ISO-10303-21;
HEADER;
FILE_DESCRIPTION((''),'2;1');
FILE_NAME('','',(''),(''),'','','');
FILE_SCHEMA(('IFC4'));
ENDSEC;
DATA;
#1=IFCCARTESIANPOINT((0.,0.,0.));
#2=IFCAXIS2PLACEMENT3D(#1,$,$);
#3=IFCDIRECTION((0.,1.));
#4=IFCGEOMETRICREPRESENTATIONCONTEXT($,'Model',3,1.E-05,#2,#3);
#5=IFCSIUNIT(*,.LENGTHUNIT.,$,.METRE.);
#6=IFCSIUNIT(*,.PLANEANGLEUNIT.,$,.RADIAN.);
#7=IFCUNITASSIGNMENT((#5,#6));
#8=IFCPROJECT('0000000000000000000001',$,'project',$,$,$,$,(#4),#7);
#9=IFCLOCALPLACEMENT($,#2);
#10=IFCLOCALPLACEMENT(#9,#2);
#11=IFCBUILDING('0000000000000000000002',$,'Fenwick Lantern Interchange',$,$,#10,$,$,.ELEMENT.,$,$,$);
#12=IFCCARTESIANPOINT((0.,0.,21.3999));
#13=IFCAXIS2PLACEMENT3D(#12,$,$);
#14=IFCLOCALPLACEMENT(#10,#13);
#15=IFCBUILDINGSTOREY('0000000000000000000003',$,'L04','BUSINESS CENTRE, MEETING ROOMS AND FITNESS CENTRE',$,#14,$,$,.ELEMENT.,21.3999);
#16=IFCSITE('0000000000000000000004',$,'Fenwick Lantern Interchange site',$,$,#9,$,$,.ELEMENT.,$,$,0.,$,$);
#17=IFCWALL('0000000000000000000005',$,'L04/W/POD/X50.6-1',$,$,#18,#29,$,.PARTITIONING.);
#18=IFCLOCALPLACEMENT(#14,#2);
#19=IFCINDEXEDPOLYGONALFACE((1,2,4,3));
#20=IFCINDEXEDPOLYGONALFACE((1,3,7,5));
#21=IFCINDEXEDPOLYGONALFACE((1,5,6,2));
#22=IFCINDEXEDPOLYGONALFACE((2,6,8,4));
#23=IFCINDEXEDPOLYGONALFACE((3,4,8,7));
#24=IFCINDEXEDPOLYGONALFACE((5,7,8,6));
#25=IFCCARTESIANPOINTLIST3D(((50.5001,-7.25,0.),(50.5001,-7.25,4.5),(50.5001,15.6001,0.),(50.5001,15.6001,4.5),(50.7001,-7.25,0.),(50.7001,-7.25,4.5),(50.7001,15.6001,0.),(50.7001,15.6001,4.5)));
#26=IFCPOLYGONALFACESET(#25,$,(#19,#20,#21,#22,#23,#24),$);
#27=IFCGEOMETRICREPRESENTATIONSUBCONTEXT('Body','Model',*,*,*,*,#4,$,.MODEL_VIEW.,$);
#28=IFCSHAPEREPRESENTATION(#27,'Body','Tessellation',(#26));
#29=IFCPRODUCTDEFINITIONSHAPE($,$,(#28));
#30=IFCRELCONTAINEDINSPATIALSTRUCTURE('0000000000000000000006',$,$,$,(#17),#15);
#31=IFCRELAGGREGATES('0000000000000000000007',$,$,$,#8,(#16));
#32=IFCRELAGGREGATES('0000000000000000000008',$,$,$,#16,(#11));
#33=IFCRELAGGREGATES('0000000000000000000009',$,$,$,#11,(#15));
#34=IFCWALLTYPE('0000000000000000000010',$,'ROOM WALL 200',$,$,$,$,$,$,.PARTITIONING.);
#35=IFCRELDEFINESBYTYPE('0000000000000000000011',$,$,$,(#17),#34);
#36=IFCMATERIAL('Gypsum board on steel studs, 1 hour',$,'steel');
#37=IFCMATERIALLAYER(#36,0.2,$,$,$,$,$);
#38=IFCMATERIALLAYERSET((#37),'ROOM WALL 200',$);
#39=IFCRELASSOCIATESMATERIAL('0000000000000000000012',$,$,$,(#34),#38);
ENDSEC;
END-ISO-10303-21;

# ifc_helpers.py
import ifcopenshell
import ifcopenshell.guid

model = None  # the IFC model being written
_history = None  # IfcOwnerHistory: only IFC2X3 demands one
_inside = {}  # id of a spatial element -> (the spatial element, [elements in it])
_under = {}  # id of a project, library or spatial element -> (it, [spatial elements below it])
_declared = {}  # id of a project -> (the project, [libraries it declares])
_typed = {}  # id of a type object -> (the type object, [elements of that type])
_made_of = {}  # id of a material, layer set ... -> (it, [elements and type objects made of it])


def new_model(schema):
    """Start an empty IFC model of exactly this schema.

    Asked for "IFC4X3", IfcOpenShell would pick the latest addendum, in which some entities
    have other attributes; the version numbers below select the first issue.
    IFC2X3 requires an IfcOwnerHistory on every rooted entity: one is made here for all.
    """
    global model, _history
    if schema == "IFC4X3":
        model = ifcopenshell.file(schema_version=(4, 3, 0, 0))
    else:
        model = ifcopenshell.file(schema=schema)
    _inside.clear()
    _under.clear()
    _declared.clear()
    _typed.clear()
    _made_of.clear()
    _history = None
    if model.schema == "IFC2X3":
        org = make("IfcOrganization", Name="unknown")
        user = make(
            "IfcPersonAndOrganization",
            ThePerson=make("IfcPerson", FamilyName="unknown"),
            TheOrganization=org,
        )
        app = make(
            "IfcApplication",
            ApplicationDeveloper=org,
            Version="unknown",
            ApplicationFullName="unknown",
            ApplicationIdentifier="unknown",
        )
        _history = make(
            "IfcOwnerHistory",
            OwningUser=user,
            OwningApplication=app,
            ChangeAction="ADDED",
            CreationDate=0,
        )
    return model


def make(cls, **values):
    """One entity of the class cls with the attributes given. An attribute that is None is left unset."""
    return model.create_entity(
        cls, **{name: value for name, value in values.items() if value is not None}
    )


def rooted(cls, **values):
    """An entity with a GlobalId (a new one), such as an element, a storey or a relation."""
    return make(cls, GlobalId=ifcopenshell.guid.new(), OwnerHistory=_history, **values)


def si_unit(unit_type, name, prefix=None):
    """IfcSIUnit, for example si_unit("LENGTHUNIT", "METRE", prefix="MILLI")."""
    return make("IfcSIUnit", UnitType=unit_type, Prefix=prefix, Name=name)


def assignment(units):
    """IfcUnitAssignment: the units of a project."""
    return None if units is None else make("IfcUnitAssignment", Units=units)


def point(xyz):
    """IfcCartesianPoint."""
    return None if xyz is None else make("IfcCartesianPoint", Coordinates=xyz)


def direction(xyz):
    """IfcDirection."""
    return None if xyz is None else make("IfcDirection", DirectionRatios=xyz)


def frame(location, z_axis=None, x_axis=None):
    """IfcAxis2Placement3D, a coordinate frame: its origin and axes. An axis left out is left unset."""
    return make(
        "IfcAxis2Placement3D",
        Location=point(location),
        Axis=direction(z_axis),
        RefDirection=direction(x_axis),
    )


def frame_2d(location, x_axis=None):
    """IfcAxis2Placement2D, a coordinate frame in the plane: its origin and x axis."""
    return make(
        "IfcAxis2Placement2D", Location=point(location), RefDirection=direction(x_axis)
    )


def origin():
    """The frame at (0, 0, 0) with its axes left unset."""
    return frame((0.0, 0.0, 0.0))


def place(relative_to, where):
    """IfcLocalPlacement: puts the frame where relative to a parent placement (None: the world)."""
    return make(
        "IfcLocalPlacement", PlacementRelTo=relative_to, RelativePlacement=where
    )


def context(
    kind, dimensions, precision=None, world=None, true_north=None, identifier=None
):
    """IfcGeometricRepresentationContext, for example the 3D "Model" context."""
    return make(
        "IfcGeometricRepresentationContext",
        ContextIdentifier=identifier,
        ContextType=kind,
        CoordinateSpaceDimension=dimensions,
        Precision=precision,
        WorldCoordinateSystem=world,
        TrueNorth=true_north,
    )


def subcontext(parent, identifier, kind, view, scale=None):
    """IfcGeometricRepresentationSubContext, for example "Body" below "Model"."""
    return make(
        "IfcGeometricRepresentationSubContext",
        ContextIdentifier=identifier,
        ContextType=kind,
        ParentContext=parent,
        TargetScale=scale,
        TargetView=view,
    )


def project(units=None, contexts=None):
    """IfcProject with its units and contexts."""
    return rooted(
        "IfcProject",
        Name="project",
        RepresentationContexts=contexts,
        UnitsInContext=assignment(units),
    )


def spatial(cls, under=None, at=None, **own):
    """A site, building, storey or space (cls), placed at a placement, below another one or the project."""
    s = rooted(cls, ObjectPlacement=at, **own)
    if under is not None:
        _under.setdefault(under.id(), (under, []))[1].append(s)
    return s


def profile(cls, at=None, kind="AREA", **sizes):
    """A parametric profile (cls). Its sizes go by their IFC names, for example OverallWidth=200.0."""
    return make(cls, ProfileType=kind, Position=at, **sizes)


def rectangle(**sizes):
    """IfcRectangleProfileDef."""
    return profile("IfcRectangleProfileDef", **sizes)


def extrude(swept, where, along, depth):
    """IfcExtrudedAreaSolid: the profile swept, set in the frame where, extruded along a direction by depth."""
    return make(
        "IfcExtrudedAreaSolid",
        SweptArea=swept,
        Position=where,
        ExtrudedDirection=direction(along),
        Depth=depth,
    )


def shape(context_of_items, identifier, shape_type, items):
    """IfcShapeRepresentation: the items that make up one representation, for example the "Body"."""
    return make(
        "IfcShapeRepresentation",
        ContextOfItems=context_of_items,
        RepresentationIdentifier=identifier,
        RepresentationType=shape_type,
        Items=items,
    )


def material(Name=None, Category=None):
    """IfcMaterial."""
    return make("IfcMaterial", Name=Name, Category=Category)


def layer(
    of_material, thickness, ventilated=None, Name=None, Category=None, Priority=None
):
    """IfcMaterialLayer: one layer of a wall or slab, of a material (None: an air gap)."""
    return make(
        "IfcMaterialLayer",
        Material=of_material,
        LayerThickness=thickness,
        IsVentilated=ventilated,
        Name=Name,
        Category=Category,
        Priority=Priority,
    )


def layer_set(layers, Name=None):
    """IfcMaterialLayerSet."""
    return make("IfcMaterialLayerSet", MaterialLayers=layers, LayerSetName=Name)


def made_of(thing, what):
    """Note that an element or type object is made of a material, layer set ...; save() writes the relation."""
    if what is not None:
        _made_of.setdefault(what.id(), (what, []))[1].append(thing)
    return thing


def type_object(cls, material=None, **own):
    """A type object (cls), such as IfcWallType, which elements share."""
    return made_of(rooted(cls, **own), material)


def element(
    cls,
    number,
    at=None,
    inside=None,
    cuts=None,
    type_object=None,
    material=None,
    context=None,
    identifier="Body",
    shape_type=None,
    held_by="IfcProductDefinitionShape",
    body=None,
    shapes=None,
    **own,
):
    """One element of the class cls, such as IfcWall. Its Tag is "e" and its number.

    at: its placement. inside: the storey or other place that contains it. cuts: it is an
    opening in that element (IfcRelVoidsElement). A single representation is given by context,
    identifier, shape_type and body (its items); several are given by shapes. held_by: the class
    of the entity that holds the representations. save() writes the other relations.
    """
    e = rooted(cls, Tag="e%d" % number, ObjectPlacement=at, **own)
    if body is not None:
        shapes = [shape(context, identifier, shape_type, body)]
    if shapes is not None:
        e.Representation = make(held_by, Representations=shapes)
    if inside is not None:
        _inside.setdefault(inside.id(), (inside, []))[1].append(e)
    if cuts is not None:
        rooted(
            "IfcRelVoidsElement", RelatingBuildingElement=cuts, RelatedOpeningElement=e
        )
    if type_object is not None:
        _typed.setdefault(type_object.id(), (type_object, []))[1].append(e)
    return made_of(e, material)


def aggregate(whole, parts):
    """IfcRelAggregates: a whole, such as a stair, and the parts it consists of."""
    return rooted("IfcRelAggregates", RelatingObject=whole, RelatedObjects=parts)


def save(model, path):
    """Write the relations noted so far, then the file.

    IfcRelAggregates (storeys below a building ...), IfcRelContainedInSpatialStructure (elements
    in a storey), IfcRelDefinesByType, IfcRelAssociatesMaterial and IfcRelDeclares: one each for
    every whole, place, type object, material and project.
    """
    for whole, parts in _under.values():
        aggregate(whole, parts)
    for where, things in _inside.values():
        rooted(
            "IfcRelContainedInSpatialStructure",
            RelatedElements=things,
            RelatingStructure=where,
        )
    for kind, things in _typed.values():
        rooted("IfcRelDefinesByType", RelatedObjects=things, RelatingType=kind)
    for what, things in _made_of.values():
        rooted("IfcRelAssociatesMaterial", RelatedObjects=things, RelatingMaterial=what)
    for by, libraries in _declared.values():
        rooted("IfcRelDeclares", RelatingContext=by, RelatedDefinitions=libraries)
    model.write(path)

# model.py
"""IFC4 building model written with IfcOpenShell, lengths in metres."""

from ifc_helpers import new_model, si_unit, direction, frame, frame_2d, origin, place, context, subcontext, project, spatial, rectangle, extrude, material, layer, layer_set, type_object, element, save


model = new_model("IFC4")

# Units and contexts
model_context = context("Model", 3, precision=1e-05, world=origin(), true_north=direction((0.0, 1.0)))
body_context = subcontext(model_context, "Body", "Model", "MODEL_VIEW")
ifc_project = project(units=[si_unit("LENGTHUNIT", "METRE"), si_unit("PLANEANGLEUNIT", "RADIAN")], contexts=[model_context])

# Site, building, storey
site_placement = place(None, origin())
site = spatial("IfcSite", under=ifc_project, at=site_placement, Name="Fenwick Lantern Interchange site", CompositionType="ELEMENT", RefElevation=0.0)
building_placement = place(site_placement, origin())
building = spatial("IfcBuilding", under=site, at=building_placement, Name="Fenwick Lantern Interchange", CompositionType="ELEMENT")
storey_placement = place(building_placement, frame((0.0, 0.0, 21.3999)))
storey = spatial("IfcBuildingStorey", under=building, at=storey_placement, Name="L04", Description="BUSINESS CENTRE, MEETING ROOMS AND FITNESS CENTRE", CompositionType="ELEMENT", Elevation=21.3999)

# Wall
ifc_material_1 = material(Name="Gypsum board on steel studs, 1 hour", Category="steel")
ifc_layer_1 = layer(ifc_material_1, 0.2)
ifc_layer_set_1 = layer_set([ifc_layer_1], Name="ROOM WALL 200")
wall_type_1 = type_object("IfcWallType", Name="ROOM WALL 200", PredefinedType="PARTITIONING", material=ifc_layer_set_1)
wall_1_placement = place(storey_placement, frame((50.6001, -7.25, 0.0), z_axis=(0.0, 0.0, 1.0), x_axis=(0.0, 1.0, 0.0)))
element("IfcWall", 1, at=wall_1_placement, inside=storey, type_object=wall_type_1, Name="L04/W/POD/X50.6-1", PredefinedType="PARTITIONING", context=body_context, shape_type="SweptSolid", body=[
    extrude(rectangle(XDim=22.8501, YDim=0.2, at=frame_2d((11.425, 0.0))), origin(), (0.0, 0.0, 1.0), 4.5),
])

save(model, "model.ifc")
